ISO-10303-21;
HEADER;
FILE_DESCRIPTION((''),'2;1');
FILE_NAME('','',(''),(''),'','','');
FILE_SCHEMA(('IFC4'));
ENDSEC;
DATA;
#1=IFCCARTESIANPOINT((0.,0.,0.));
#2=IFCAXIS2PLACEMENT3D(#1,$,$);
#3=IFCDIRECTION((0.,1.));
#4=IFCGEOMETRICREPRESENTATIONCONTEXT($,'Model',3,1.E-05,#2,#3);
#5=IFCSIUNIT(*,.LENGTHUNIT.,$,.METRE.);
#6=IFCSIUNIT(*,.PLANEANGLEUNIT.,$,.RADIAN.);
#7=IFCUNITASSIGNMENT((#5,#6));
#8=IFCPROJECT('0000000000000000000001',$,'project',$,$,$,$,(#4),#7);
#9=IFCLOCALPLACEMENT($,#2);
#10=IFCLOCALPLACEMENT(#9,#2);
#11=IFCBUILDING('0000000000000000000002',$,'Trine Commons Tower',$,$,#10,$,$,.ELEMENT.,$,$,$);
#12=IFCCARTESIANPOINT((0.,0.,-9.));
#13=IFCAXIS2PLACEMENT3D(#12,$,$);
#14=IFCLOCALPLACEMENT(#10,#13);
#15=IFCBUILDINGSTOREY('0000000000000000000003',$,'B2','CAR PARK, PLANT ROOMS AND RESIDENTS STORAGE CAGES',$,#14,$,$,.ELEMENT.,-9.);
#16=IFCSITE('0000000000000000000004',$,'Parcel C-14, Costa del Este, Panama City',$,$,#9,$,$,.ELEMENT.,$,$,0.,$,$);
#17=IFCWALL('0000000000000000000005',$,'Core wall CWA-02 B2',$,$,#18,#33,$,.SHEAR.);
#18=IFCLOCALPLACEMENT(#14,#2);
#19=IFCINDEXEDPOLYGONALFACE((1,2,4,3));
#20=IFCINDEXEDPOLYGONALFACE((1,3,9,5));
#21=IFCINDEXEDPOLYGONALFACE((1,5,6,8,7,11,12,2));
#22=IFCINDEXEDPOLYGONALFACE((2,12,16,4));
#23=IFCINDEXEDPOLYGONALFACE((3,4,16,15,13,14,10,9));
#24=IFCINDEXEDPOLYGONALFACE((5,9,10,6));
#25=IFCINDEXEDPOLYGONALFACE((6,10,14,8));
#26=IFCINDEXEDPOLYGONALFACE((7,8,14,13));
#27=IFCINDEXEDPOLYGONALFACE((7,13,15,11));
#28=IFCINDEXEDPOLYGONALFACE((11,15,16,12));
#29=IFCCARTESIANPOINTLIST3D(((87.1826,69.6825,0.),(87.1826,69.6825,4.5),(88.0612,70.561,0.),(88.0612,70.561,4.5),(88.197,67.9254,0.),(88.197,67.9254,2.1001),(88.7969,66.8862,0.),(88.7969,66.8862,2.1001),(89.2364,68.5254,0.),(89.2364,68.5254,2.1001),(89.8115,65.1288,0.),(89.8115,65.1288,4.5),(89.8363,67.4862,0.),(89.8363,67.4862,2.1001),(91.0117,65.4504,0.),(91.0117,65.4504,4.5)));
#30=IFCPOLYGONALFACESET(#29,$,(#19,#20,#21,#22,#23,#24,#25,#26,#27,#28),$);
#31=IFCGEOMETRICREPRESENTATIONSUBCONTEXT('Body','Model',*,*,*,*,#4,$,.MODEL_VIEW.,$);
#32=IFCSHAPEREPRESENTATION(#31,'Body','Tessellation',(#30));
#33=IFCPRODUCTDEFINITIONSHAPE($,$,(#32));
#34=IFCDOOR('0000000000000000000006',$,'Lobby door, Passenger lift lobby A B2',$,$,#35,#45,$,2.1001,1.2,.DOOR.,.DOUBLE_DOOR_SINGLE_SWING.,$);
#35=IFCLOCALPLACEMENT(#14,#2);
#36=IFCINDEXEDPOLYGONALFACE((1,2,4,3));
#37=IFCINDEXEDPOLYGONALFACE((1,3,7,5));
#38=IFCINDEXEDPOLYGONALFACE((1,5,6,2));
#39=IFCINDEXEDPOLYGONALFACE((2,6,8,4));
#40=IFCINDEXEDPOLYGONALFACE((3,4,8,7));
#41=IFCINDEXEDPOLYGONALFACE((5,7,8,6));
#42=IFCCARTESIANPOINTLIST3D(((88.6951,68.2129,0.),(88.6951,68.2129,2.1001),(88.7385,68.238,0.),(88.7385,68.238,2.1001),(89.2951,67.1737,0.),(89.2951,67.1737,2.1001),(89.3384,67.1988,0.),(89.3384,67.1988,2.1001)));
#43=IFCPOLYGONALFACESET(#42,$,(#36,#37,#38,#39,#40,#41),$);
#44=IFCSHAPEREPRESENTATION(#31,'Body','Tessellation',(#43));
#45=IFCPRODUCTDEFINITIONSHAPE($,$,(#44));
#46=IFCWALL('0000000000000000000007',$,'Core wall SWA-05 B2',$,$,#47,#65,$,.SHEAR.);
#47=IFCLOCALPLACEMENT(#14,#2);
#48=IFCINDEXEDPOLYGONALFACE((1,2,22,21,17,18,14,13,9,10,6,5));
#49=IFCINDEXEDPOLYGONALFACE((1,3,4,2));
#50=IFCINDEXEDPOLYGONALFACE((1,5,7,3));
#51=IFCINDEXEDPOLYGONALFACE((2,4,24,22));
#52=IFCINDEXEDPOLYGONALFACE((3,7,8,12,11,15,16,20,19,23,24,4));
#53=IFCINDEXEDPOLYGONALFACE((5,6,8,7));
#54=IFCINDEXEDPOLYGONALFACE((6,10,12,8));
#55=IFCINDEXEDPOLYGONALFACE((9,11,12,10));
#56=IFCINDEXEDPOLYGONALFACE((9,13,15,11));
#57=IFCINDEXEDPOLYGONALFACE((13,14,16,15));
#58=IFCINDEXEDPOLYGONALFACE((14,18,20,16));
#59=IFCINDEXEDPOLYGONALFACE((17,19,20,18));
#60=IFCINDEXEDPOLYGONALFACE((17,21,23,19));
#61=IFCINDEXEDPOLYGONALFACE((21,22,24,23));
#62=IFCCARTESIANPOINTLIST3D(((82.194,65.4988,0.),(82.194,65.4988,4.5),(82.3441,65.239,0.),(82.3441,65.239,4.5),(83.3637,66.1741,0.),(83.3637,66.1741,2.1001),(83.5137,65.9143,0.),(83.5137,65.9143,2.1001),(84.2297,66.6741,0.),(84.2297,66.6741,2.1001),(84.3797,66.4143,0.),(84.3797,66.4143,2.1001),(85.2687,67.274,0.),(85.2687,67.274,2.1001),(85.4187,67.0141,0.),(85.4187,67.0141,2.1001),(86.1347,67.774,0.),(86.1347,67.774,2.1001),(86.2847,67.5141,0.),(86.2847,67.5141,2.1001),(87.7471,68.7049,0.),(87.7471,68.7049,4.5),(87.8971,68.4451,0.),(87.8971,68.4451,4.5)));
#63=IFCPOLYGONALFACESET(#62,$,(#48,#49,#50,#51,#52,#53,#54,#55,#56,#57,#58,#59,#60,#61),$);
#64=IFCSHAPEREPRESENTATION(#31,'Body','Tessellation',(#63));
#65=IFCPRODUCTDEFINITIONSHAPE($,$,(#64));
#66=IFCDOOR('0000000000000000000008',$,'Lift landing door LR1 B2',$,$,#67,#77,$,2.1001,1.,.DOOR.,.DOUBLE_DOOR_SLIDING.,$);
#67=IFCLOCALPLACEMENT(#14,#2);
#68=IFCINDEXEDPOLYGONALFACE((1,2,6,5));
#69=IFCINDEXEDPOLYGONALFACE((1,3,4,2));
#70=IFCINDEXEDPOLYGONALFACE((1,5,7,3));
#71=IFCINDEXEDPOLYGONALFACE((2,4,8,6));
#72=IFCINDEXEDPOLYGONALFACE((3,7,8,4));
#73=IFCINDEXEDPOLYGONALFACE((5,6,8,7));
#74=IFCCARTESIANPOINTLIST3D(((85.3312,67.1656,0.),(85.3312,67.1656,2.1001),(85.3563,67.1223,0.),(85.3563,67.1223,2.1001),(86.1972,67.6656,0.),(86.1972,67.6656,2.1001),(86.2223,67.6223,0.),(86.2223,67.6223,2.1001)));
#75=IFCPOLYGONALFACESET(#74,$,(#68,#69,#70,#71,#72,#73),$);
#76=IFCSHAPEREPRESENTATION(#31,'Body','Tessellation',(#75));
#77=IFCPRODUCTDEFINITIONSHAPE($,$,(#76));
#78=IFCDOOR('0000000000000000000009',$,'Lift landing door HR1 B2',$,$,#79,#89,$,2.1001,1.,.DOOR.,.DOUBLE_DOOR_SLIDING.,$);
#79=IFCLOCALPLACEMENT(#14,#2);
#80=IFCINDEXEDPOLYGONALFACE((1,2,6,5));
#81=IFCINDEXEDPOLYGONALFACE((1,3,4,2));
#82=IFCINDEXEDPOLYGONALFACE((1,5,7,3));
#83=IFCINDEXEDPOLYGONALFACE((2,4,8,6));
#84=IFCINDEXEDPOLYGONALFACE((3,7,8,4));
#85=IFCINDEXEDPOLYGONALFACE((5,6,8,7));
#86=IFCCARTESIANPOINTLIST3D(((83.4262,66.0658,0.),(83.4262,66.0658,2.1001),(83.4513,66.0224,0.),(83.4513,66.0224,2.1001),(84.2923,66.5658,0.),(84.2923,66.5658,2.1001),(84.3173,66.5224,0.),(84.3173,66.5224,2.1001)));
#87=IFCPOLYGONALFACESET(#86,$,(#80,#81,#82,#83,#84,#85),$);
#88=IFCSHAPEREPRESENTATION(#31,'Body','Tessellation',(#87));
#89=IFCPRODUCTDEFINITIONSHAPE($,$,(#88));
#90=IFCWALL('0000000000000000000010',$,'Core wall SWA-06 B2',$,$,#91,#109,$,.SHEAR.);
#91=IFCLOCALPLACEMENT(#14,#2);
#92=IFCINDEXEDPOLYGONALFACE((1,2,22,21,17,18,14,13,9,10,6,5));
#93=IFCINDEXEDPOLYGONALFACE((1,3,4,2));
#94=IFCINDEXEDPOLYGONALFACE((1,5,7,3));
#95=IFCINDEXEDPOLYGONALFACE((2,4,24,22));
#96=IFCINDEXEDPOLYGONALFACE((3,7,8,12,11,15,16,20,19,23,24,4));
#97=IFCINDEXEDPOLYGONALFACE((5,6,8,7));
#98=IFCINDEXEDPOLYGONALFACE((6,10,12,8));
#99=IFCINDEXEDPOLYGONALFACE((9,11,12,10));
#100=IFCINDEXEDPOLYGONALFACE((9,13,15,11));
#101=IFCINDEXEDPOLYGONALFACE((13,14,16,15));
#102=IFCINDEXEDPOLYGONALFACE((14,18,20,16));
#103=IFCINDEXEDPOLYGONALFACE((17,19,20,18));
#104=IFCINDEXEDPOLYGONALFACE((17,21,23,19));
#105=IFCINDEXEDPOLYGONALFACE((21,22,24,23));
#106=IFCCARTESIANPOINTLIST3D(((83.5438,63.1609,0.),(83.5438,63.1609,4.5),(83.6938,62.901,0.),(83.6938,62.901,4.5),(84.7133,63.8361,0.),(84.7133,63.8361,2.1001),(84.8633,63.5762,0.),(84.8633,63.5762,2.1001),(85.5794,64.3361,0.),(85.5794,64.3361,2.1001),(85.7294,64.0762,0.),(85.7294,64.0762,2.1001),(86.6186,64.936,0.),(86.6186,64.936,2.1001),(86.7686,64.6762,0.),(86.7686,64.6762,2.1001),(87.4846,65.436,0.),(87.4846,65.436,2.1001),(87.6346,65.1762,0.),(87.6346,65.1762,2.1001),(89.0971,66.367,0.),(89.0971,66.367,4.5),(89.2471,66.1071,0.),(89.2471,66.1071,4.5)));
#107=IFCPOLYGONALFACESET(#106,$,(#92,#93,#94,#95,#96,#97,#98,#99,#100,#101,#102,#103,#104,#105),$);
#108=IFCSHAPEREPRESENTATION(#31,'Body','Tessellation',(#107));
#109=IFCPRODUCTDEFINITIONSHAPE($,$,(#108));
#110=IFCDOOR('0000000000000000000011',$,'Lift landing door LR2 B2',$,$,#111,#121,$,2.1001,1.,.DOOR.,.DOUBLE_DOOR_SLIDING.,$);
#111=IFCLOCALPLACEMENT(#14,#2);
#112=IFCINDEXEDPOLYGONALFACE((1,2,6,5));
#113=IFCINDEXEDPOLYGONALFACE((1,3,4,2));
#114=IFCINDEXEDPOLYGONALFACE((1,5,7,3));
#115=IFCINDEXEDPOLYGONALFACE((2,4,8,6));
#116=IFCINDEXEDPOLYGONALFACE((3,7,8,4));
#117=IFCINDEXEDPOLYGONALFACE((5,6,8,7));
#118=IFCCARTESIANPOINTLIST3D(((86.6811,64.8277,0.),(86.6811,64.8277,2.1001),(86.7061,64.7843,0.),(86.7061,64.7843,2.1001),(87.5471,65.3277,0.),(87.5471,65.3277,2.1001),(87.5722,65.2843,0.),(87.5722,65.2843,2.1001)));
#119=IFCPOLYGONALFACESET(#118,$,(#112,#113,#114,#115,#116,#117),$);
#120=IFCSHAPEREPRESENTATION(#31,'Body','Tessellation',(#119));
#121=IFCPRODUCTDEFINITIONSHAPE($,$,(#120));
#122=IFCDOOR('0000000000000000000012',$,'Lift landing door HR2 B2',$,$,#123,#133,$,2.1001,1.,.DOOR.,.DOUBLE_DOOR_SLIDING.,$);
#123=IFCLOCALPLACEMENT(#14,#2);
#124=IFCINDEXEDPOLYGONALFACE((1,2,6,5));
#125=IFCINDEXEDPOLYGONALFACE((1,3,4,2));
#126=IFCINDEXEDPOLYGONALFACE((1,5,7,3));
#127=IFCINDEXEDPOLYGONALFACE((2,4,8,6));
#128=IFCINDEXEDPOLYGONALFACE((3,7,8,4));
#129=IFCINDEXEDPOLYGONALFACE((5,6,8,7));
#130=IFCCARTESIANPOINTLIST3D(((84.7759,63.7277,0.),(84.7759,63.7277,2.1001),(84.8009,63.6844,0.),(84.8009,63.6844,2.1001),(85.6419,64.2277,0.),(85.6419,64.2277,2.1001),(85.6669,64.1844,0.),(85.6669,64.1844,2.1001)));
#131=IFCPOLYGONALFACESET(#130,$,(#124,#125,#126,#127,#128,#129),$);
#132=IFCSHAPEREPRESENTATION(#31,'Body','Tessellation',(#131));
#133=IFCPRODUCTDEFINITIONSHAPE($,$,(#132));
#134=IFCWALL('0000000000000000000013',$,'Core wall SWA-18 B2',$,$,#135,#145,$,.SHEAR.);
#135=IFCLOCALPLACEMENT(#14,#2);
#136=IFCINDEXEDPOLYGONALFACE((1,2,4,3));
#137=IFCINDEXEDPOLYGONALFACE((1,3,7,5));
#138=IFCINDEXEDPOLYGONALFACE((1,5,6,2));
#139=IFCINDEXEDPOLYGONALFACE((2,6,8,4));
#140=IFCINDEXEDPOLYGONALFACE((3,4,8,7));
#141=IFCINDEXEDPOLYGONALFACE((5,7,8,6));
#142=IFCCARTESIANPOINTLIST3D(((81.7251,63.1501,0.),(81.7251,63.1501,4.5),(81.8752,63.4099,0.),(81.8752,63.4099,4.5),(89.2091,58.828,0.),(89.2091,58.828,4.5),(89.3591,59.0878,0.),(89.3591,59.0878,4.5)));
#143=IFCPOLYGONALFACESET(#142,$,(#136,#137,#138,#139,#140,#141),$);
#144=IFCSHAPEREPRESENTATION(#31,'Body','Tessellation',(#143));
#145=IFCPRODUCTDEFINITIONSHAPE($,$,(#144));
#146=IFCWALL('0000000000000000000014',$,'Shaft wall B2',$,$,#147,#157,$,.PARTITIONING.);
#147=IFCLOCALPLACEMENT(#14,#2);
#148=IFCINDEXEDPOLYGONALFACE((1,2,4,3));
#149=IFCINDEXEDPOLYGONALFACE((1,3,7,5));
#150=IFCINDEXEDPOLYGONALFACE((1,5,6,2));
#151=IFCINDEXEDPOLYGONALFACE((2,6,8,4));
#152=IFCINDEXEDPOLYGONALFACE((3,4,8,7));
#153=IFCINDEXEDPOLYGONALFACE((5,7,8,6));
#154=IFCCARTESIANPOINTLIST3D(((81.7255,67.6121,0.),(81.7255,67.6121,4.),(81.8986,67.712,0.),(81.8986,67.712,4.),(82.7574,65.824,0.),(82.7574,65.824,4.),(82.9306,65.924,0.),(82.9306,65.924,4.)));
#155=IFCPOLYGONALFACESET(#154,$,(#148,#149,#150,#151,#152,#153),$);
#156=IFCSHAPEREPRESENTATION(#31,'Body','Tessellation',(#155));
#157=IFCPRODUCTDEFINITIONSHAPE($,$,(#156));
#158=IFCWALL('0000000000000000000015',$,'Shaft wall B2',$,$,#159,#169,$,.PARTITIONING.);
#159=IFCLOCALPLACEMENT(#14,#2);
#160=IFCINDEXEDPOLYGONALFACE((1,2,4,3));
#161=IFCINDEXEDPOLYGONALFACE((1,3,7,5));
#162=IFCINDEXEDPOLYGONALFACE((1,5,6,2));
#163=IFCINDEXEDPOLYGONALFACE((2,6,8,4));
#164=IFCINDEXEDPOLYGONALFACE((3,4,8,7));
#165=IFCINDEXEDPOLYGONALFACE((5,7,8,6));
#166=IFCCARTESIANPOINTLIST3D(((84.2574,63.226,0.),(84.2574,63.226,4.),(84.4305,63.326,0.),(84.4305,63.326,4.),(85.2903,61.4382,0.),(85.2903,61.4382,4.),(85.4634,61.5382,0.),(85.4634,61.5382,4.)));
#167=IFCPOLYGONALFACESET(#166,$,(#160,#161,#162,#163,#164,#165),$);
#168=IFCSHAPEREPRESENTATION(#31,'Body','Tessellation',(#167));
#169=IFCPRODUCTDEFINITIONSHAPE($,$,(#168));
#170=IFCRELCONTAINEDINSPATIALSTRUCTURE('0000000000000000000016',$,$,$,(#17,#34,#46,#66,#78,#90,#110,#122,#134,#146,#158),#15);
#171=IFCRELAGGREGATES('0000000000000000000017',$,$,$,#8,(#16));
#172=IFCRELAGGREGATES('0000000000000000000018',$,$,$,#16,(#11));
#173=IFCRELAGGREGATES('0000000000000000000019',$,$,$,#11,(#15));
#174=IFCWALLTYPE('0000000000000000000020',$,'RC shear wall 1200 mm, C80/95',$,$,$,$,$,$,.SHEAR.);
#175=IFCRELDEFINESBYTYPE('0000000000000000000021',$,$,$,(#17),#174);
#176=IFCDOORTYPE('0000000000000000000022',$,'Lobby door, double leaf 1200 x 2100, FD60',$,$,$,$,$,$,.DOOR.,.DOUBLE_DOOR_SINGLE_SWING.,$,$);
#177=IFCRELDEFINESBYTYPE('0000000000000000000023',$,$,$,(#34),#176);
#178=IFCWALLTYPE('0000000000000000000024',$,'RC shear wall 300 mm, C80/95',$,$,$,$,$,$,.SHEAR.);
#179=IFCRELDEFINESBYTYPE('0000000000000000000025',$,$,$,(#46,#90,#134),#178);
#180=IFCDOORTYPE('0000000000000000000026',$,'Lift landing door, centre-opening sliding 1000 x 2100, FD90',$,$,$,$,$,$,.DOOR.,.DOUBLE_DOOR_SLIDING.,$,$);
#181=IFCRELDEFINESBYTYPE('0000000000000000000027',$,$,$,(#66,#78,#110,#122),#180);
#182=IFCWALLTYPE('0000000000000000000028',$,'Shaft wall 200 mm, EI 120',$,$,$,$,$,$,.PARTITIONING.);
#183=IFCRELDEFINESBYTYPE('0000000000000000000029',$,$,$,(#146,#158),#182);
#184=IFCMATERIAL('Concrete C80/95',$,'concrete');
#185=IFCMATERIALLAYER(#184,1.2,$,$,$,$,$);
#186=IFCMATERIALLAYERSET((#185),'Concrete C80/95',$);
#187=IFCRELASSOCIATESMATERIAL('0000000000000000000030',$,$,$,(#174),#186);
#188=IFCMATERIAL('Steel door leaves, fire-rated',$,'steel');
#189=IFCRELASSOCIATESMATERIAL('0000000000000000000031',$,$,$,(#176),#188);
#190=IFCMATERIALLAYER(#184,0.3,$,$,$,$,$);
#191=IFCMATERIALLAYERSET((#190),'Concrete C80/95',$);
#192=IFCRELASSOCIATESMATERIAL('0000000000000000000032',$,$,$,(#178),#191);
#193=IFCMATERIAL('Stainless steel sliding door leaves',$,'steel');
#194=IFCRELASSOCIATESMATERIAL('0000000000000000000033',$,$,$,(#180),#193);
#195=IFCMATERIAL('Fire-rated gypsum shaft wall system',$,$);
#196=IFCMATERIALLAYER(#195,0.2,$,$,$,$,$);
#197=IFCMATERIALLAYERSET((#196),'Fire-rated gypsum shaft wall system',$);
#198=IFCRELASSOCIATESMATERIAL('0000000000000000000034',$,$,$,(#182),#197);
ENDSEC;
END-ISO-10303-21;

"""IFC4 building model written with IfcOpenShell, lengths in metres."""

from ifc_helpers import new_model, si_unit, direction, frame, frame_2d, origin, place, context, subcontext, project, spatial, polyline, rectangle, outline, extrude, material, layer, layer_set, type_object, element, fill, save


model = new_model("IFC4")

# Units and contexts
model_context = context("Model", 3, precision=1e-05, world=origin(), true_north=direction((0.0, 1.0)))
body_context = subcontext(model_context, "Body", "Model", "MODEL_VIEW")
ifc_project = project(units=[si_unit("LENGTHUNIT", "METRE"), si_unit("PLANEANGLEUNIT", "RADIAN")], contexts=[model_context])

# Site, building, storey
site_placement = place(None, origin())
site = spatial("IfcSite", under=ifc_project, at=site_placement, Name="Parcel C-14, Costa del Este, Panama City", CompositionType="ELEMENT", RefElevation=0.0)
building_placement = place(site_placement, origin())
building = spatial("IfcBuilding", under=site, at=building_placement, Name="Trine Commons Tower", CompositionType="ELEMENT")
storey_placement = place(building_placement, frame((0.0, 0.0, -9.0)))
storey = spatial("IfcBuildingStorey", under=building, at=storey_placement, Name="B2", Description="CAR PARK, PLANT ROOMS AND RESIDENTS STORAGE CAGES", CompositionType="ELEMENT", Elevation=-9.0)

# Wall, opening, door
ifc_material_1 = material(Name="Fire-rated gypsum shaft wall system")
ifc_material_2 = material(Name="Concrete C80/95", Category="concrete")
ifc_layer_1 = layer(ifc_material_2, 1.2)
ifc_layer_set_1 = layer_set([ifc_layer_1], Name="Concrete C80/95")
wall_type_1 = type_object("IfcWallType", Name="RC shear wall 1200 mm, C80/95", PredefinedType="SHEAR", material=ifc_layer_set_1)
wall_1_placement = place(storey_placement, frame((90.4919, 65.1504, 0.0), z_axis=(0.0, 0.0, 1.0), x_axis=(-0.499979, 0.866037, 0.0)))
wall_1 = element("IfcWall", 1, at=wall_1_placement, inside=storey, type_object=wall_type_1, Name="Core wall CWA-02 B2", PredefinedType="SHEAR", context=body_context, shape_type="SweptSolid", body=[
    extrude(outline(polyline([(0.0, -0.6001), (5.9011, -0.6001), (5.5796, 0.6001), (0.3215, 0.6001), (0.0, -0.6001)])), origin(), (0.0, 0.0, 1.0), 4.5),
])
opening_1_placement = place(wall_1_placement, frame((2.3506, 0.0, 0.0)))
opening_1 = element("IfcOpeningElement", 2, at=opening_1_placement, cuts=wall_1, PredefinedType="OPENING", context=body_context, shape_type="SweptSolid", body=[
    extrude(rectangle(XDim=1.2, YDim=2.1001, at=frame_2d((0.6001, 1.05))), frame((0.0, 0.6099, 0.0), z_axis=(0.0, -1.0, 0.0), x_axis=(1.0, 0.0, 0.0)), (0.0, 0.0, 1.0), 1.22),
])
ifc_material_3 = material(Name="Steel door leaves, fire-rated", Category="steel")
door_type_1 = type_object("IfcDoorType", Name="Lobby door, double leaf 1200 x 2100, FD60", OperationType="DOUBLE_DOOR_SINGLE_SWING", PredefinedType="DOOR", material=ifc_material_3)
door_1_placement = place(opening_1_placement, origin())
door_1 = element("IfcDoor", 3, at=door_1_placement, inside=storey, type_object=door_type_1, Name="Lobby door, Passenger lift lobby A B2", OperationType="DOUBLE_DOOR_SINGLE_SWING", OverallHeight=2.1001, OverallWidth=1.2, PredefinedType="DOOR", context=body_context, shape_type="SweptSolid", body=[
    extrude(rectangle(XDim=1.2, YDim=2.1001, at=frame_2d((0.6001, 1.05))), frame((0.0, 0.0249, 0.0), z_axis=(0.0, -1.0, 0.0), x_axis=(1.0, 0.0, 0.0)), (0.0, 0.0, 1.0), 0.05),
])
fill(opening_1, door_1)

# Walls, openings, doors
ifc_layer_2 = layer(ifc_material_2, 0.3)
ifc_layer_set_2 = layer_set([ifc_layer_2], Name="Concrete C80/95")
wall_type_2 = type_object("IfcWallType", Name="RC shear wall 300 mm, C80/95", PredefinedType="SHEAR", material=ifc_layer_set_2)
wall_2_placement = place(storey_placement, frame((82.269, 65.3689, 0.0), z_axis=(0.0, 0.0, 1.0), x_axis=(0.866023, 0.500005, 0.0)))
wall_2 = element("IfcWall", 4, at=wall_2_placement, inside=storey, type_object=wall_type_2, Name="Core wall SWA-05 B2", PredefinedType="SHEAR", context=body_context, shape_type="SweptSolid", body=[
    extrude(rectangle(XDim=6.4121, YDim=0.3, at=frame_2d((3.2061, 0.0))), origin(), (0.0, 0.0, 1.0), 4.5),
])
opening_2_placement = place(wall_2_placement, frame((3.5503, 0.0, 0.0)))
opening_2 = element("IfcOpeningElement", 5, at=opening_2_placement, cuts=wall_2, PredefinedType="OPENING", context=body_context, shape_type="SweptSolid", body=[
    extrude(rectangle(XDim=1.0, YDim=2.1001, at=frame_2d((0.5, 1.05))), frame((0.0, 0.1599, 0.0), z_axis=(0.0, -1.0, 0.0), x_axis=(1.0, 0.0, 0.0)), (0.0, 0.0, 1.0), 0.3201),
])
opening_3_placement = place(wall_2_placement, frame((1.3506, 0.0, 0.0)))
opening_3 = element("IfcOpeningElement", 6, at=opening_3_placement, cuts=wall_2, PredefinedType="OPENING", context=body_context, shape_type="SweptSolid", body=[
    extrude(rectangle(XDim=1.0, YDim=2.1001, at=frame_2d((0.5, 1.05))), frame((0.0, 0.1599, 0.0), z_axis=(0.0, -1.0, 0.0), x_axis=(1.0, 0.0, 0.0)), (0.0, 0.0, 1.0), 0.3201),
])
ifc_material_4 = material(Name="Stainless steel sliding door leaves", Category="steel")
door_type_2 = type_object("IfcDoorType", Name="Lift landing door, centre-opening sliding 1000 x 2100, FD90", OperationType="DOUBLE_DOOR_SLIDING", PredefinedType="DOOR", material=ifc_material_4)
door_2_placement = place(opening_2_placement, origin())
door_2 = element("IfcDoor", 7, at=door_2_placement, inside=storey, type_object=door_type_2, Name="Lift landing door LR1 B2", OperationType="DOUBLE_DOOR_SLIDING", OverallHeight=2.1001, OverallWidth=1.0, PredefinedType="DOOR", context=body_context, shape_type="SweptSolid", body=[
    extrude(rectangle(XDim=1.0, YDim=2.1001, at=frame_2d((0.5, 1.05))), frame((0.0, 0.0249, 0.0), z_axis=(0.0, -1.0, 0.0), x_axis=(1.0, 0.0, 0.0)), (0.0, 0.0, 1.0), 0.05),
])
fill(opening_2, door_2)
door_3_placement = place(opening_3_placement, origin())
door_3 = element("IfcDoor", 8, at=door_3_placement, inside=storey, type_object=door_type_2, Name="Lift landing door HR1 B2", OperationType="DOUBLE_DOOR_SLIDING", OverallHeight=2.1001, OverallWidth=1.0, PredefinedType="DOOR", context=body_context, shape_type="SweptSolid", body=[
    extrude(rectangle(XDim=1.0, YDim=2.1001, at=frame_2d((0.5, 1.05))), frame((0.0, 0.0249, 0.0), z_axis=(0.0, -1.0, 0.0), x_axis=(1.0, 0.0, 0.0)), (0.0, 0.0, 1.0), 0.05),
])
fill(opening_3, door_3)
wall_3_placement = place(storey_placement, frame((83.6189, 63.031, 0.0), z_axis=(0.0, 0.0, 1.0), x_axis=(0.866032, 0.499988, 0.0)))
wall_3 = element("IfcWall", 9, at=wall_3_placement, inside=storey, type_object=wall_type_2, Name="Core wall SWA-06 B2", PredefinedType="SHEAR", context=body_context, shape_type="SweptSolid", body=[
    extrude(rectangle(XDim=6.4124, YDim=0.3, at=frame_2d((3.2061, 0.0))), origin(), (0.0, 0.0, 1.0), 4.5),
])
opening_4_placement = place(wall_3_placement, frame((3.5503, 0.0, 0.0)))
opening_4 = element("IfcOpeningElement", 10, at=opening_4_placement, cuts=wall_3, PredefinedType="OPENING", context=body_context, shape_type="SweptSolid", body=[
    extrude(rectangle(XDim=1.0, YDim=2.1001, at=frame_2d((0.5, 1.05))), frame((0.0, 0.1599, 0.0), z_axis=(0.0, -1.0, 0.0), x_axis=(1.0, 0.0, 0.0)), (0.0, 0.0, 1.0), 0.3201),
])
opening_5_placement = place(wall_3_placement, frame((1.3503, 0.0, 0.0)))
opening_5 = element("IfcOpeningElement", 11, at=opening_5_placement, cuts=wall_3, PredefinedType="OPENING", context=body_context, shape_type="SweptSolid", body=[
    extrude(rectangle(XDim=1.0, YDim=2.1001, at=frame_2d((0.5, 1.05))), frame((0.0, 0.1599, 0.0), z_axis=(0.0, -1.0, 0.0), x_axis=(1.0, 0.0, 0.0)), (0.0, 0.0, 1.0), 0.3201),
])
door_4_placement = place(opening_4_placement, origin())
door_4 = element("IfcDoor", 12, at=door_4_placement, inside=storey, type_object=door_type_2, Name="Lift landing door LR2 B2", OperationType="DOUBLE_DOOR_SLIDING", OverallHeight=2.1001, OverallWidth=1.0, PredefinedType="DOOR", context=body_context, shape_type="SweptSolid", body=[
    extrude(rectangle(XDim=1.0, YDim=2.1001, at=frame_2d((0.5, 1.05))), frame((0.0, 0.0249, 0.0), z_axis=(0.0, -1.0, 0.0), x_axis=(1.0, 0.0, 0.0)), (0.0, 0.0, 1.0), 0.05),
])
fill(opening_4, door_4)
door_5_placement = place(opening_5_placement, origin())
door_5 = element("IfcDoor", 13, at=door_5_placement, inside=storey, type_object=door_type_2, Name="Lift landing door HR2 B2", OperationType="DOUBLE_DOOR_SLIDING", OverallHeight=2.1001, OverallWidth=1.0, PredefinedType="DOOR", context=body_context, shape_type="SweptSolid", body=[
    extrude(rectangle(XDim=1.0, YDim=2.1001, at=frame_2d((0.5, 1.05))), frame((0.0, 0.0249, 0.0), z_axis=(0.0, -1.0, 0.0), x_axis=(1.0, 0.0, 0.0)), (0.0, 0.0, 1.0), 0.05),
])
fill(opening_5, door_5)

# Walls
wall_4_placement = place(storey_placement, frame((81.8, 63.28, 0.0), z_axis=(0.0, 0.0, 1.0), x_axis=(0.865965, -0.500104, 0.0)))
element("IfcWall", 14, at=wall_4_placement, inside=storey, type_object=wall_type_2, Name="Core wall SWA-18 B2", PredefinedType="SHEAR", context=body_context, shape_type="SweptSolid", body=[
    extrude(rectangle(XDim=8.6423, YDim=0.3, at=frame_2d((4.3213, 0.0))), origin(), (0.0, 0.0, 1.0), 4.5),
])
ifc_layer_3 = layer(ifc_material_1, 0.2)
ifc_layer_set_3 = layer_set([ifc_layer_3], Name="Fire-rated gypsum shaft wall system")
wall_type_3 = type_object("IfcWallType", Name="Shaft wall 200 mm, EI 120", PredefinedType="PARTITIONING", material=ifc_layer_set_3)
wall_5_placement = place(storey_placement, frame((82.844, 65.874, 0.0), z_axis=(0.0, 0.0, 1.0), x_axis=(-0.499866, 0.866103, 0.0)))
element("IfcWall", 15, at=wall_5_placement, inside=storey, type_object=wall_type_3, Name="Shaft wall B2", PredefinedType="PARTITIONING", context=body_context, shape_type="SweptSolid", body=[
    extrude(rectangle(XDim=2.0645, YDim=0.2, at=frame_2d((1.0322, 0.0))), origin(), (0.0, 0.0, 1.0), 4.0),
])
wall_6_placement = place(storey_placement, frame((84.344, 63.2759, 0.0), z_axis=(0.0, 0.0, 1.0), x_axis=(0.500272, -0.865868, 0.0)))
element("IfcWall", 16, at=wall_6_placement, inside=storey, type_object=wall_type_3, Name="Shaft wall B2", PredefinedType="PARTITIONING", context=body_context, shape_type="SweptSolid", body=[
    extrude(rectangle(XDim=2.0647, YDim=0.2, at=frame_2d((1.0322, 0.0))), origin(), (0.0, 0.0, 1.0), 4.0),
])

save(model, "model.ifc")
